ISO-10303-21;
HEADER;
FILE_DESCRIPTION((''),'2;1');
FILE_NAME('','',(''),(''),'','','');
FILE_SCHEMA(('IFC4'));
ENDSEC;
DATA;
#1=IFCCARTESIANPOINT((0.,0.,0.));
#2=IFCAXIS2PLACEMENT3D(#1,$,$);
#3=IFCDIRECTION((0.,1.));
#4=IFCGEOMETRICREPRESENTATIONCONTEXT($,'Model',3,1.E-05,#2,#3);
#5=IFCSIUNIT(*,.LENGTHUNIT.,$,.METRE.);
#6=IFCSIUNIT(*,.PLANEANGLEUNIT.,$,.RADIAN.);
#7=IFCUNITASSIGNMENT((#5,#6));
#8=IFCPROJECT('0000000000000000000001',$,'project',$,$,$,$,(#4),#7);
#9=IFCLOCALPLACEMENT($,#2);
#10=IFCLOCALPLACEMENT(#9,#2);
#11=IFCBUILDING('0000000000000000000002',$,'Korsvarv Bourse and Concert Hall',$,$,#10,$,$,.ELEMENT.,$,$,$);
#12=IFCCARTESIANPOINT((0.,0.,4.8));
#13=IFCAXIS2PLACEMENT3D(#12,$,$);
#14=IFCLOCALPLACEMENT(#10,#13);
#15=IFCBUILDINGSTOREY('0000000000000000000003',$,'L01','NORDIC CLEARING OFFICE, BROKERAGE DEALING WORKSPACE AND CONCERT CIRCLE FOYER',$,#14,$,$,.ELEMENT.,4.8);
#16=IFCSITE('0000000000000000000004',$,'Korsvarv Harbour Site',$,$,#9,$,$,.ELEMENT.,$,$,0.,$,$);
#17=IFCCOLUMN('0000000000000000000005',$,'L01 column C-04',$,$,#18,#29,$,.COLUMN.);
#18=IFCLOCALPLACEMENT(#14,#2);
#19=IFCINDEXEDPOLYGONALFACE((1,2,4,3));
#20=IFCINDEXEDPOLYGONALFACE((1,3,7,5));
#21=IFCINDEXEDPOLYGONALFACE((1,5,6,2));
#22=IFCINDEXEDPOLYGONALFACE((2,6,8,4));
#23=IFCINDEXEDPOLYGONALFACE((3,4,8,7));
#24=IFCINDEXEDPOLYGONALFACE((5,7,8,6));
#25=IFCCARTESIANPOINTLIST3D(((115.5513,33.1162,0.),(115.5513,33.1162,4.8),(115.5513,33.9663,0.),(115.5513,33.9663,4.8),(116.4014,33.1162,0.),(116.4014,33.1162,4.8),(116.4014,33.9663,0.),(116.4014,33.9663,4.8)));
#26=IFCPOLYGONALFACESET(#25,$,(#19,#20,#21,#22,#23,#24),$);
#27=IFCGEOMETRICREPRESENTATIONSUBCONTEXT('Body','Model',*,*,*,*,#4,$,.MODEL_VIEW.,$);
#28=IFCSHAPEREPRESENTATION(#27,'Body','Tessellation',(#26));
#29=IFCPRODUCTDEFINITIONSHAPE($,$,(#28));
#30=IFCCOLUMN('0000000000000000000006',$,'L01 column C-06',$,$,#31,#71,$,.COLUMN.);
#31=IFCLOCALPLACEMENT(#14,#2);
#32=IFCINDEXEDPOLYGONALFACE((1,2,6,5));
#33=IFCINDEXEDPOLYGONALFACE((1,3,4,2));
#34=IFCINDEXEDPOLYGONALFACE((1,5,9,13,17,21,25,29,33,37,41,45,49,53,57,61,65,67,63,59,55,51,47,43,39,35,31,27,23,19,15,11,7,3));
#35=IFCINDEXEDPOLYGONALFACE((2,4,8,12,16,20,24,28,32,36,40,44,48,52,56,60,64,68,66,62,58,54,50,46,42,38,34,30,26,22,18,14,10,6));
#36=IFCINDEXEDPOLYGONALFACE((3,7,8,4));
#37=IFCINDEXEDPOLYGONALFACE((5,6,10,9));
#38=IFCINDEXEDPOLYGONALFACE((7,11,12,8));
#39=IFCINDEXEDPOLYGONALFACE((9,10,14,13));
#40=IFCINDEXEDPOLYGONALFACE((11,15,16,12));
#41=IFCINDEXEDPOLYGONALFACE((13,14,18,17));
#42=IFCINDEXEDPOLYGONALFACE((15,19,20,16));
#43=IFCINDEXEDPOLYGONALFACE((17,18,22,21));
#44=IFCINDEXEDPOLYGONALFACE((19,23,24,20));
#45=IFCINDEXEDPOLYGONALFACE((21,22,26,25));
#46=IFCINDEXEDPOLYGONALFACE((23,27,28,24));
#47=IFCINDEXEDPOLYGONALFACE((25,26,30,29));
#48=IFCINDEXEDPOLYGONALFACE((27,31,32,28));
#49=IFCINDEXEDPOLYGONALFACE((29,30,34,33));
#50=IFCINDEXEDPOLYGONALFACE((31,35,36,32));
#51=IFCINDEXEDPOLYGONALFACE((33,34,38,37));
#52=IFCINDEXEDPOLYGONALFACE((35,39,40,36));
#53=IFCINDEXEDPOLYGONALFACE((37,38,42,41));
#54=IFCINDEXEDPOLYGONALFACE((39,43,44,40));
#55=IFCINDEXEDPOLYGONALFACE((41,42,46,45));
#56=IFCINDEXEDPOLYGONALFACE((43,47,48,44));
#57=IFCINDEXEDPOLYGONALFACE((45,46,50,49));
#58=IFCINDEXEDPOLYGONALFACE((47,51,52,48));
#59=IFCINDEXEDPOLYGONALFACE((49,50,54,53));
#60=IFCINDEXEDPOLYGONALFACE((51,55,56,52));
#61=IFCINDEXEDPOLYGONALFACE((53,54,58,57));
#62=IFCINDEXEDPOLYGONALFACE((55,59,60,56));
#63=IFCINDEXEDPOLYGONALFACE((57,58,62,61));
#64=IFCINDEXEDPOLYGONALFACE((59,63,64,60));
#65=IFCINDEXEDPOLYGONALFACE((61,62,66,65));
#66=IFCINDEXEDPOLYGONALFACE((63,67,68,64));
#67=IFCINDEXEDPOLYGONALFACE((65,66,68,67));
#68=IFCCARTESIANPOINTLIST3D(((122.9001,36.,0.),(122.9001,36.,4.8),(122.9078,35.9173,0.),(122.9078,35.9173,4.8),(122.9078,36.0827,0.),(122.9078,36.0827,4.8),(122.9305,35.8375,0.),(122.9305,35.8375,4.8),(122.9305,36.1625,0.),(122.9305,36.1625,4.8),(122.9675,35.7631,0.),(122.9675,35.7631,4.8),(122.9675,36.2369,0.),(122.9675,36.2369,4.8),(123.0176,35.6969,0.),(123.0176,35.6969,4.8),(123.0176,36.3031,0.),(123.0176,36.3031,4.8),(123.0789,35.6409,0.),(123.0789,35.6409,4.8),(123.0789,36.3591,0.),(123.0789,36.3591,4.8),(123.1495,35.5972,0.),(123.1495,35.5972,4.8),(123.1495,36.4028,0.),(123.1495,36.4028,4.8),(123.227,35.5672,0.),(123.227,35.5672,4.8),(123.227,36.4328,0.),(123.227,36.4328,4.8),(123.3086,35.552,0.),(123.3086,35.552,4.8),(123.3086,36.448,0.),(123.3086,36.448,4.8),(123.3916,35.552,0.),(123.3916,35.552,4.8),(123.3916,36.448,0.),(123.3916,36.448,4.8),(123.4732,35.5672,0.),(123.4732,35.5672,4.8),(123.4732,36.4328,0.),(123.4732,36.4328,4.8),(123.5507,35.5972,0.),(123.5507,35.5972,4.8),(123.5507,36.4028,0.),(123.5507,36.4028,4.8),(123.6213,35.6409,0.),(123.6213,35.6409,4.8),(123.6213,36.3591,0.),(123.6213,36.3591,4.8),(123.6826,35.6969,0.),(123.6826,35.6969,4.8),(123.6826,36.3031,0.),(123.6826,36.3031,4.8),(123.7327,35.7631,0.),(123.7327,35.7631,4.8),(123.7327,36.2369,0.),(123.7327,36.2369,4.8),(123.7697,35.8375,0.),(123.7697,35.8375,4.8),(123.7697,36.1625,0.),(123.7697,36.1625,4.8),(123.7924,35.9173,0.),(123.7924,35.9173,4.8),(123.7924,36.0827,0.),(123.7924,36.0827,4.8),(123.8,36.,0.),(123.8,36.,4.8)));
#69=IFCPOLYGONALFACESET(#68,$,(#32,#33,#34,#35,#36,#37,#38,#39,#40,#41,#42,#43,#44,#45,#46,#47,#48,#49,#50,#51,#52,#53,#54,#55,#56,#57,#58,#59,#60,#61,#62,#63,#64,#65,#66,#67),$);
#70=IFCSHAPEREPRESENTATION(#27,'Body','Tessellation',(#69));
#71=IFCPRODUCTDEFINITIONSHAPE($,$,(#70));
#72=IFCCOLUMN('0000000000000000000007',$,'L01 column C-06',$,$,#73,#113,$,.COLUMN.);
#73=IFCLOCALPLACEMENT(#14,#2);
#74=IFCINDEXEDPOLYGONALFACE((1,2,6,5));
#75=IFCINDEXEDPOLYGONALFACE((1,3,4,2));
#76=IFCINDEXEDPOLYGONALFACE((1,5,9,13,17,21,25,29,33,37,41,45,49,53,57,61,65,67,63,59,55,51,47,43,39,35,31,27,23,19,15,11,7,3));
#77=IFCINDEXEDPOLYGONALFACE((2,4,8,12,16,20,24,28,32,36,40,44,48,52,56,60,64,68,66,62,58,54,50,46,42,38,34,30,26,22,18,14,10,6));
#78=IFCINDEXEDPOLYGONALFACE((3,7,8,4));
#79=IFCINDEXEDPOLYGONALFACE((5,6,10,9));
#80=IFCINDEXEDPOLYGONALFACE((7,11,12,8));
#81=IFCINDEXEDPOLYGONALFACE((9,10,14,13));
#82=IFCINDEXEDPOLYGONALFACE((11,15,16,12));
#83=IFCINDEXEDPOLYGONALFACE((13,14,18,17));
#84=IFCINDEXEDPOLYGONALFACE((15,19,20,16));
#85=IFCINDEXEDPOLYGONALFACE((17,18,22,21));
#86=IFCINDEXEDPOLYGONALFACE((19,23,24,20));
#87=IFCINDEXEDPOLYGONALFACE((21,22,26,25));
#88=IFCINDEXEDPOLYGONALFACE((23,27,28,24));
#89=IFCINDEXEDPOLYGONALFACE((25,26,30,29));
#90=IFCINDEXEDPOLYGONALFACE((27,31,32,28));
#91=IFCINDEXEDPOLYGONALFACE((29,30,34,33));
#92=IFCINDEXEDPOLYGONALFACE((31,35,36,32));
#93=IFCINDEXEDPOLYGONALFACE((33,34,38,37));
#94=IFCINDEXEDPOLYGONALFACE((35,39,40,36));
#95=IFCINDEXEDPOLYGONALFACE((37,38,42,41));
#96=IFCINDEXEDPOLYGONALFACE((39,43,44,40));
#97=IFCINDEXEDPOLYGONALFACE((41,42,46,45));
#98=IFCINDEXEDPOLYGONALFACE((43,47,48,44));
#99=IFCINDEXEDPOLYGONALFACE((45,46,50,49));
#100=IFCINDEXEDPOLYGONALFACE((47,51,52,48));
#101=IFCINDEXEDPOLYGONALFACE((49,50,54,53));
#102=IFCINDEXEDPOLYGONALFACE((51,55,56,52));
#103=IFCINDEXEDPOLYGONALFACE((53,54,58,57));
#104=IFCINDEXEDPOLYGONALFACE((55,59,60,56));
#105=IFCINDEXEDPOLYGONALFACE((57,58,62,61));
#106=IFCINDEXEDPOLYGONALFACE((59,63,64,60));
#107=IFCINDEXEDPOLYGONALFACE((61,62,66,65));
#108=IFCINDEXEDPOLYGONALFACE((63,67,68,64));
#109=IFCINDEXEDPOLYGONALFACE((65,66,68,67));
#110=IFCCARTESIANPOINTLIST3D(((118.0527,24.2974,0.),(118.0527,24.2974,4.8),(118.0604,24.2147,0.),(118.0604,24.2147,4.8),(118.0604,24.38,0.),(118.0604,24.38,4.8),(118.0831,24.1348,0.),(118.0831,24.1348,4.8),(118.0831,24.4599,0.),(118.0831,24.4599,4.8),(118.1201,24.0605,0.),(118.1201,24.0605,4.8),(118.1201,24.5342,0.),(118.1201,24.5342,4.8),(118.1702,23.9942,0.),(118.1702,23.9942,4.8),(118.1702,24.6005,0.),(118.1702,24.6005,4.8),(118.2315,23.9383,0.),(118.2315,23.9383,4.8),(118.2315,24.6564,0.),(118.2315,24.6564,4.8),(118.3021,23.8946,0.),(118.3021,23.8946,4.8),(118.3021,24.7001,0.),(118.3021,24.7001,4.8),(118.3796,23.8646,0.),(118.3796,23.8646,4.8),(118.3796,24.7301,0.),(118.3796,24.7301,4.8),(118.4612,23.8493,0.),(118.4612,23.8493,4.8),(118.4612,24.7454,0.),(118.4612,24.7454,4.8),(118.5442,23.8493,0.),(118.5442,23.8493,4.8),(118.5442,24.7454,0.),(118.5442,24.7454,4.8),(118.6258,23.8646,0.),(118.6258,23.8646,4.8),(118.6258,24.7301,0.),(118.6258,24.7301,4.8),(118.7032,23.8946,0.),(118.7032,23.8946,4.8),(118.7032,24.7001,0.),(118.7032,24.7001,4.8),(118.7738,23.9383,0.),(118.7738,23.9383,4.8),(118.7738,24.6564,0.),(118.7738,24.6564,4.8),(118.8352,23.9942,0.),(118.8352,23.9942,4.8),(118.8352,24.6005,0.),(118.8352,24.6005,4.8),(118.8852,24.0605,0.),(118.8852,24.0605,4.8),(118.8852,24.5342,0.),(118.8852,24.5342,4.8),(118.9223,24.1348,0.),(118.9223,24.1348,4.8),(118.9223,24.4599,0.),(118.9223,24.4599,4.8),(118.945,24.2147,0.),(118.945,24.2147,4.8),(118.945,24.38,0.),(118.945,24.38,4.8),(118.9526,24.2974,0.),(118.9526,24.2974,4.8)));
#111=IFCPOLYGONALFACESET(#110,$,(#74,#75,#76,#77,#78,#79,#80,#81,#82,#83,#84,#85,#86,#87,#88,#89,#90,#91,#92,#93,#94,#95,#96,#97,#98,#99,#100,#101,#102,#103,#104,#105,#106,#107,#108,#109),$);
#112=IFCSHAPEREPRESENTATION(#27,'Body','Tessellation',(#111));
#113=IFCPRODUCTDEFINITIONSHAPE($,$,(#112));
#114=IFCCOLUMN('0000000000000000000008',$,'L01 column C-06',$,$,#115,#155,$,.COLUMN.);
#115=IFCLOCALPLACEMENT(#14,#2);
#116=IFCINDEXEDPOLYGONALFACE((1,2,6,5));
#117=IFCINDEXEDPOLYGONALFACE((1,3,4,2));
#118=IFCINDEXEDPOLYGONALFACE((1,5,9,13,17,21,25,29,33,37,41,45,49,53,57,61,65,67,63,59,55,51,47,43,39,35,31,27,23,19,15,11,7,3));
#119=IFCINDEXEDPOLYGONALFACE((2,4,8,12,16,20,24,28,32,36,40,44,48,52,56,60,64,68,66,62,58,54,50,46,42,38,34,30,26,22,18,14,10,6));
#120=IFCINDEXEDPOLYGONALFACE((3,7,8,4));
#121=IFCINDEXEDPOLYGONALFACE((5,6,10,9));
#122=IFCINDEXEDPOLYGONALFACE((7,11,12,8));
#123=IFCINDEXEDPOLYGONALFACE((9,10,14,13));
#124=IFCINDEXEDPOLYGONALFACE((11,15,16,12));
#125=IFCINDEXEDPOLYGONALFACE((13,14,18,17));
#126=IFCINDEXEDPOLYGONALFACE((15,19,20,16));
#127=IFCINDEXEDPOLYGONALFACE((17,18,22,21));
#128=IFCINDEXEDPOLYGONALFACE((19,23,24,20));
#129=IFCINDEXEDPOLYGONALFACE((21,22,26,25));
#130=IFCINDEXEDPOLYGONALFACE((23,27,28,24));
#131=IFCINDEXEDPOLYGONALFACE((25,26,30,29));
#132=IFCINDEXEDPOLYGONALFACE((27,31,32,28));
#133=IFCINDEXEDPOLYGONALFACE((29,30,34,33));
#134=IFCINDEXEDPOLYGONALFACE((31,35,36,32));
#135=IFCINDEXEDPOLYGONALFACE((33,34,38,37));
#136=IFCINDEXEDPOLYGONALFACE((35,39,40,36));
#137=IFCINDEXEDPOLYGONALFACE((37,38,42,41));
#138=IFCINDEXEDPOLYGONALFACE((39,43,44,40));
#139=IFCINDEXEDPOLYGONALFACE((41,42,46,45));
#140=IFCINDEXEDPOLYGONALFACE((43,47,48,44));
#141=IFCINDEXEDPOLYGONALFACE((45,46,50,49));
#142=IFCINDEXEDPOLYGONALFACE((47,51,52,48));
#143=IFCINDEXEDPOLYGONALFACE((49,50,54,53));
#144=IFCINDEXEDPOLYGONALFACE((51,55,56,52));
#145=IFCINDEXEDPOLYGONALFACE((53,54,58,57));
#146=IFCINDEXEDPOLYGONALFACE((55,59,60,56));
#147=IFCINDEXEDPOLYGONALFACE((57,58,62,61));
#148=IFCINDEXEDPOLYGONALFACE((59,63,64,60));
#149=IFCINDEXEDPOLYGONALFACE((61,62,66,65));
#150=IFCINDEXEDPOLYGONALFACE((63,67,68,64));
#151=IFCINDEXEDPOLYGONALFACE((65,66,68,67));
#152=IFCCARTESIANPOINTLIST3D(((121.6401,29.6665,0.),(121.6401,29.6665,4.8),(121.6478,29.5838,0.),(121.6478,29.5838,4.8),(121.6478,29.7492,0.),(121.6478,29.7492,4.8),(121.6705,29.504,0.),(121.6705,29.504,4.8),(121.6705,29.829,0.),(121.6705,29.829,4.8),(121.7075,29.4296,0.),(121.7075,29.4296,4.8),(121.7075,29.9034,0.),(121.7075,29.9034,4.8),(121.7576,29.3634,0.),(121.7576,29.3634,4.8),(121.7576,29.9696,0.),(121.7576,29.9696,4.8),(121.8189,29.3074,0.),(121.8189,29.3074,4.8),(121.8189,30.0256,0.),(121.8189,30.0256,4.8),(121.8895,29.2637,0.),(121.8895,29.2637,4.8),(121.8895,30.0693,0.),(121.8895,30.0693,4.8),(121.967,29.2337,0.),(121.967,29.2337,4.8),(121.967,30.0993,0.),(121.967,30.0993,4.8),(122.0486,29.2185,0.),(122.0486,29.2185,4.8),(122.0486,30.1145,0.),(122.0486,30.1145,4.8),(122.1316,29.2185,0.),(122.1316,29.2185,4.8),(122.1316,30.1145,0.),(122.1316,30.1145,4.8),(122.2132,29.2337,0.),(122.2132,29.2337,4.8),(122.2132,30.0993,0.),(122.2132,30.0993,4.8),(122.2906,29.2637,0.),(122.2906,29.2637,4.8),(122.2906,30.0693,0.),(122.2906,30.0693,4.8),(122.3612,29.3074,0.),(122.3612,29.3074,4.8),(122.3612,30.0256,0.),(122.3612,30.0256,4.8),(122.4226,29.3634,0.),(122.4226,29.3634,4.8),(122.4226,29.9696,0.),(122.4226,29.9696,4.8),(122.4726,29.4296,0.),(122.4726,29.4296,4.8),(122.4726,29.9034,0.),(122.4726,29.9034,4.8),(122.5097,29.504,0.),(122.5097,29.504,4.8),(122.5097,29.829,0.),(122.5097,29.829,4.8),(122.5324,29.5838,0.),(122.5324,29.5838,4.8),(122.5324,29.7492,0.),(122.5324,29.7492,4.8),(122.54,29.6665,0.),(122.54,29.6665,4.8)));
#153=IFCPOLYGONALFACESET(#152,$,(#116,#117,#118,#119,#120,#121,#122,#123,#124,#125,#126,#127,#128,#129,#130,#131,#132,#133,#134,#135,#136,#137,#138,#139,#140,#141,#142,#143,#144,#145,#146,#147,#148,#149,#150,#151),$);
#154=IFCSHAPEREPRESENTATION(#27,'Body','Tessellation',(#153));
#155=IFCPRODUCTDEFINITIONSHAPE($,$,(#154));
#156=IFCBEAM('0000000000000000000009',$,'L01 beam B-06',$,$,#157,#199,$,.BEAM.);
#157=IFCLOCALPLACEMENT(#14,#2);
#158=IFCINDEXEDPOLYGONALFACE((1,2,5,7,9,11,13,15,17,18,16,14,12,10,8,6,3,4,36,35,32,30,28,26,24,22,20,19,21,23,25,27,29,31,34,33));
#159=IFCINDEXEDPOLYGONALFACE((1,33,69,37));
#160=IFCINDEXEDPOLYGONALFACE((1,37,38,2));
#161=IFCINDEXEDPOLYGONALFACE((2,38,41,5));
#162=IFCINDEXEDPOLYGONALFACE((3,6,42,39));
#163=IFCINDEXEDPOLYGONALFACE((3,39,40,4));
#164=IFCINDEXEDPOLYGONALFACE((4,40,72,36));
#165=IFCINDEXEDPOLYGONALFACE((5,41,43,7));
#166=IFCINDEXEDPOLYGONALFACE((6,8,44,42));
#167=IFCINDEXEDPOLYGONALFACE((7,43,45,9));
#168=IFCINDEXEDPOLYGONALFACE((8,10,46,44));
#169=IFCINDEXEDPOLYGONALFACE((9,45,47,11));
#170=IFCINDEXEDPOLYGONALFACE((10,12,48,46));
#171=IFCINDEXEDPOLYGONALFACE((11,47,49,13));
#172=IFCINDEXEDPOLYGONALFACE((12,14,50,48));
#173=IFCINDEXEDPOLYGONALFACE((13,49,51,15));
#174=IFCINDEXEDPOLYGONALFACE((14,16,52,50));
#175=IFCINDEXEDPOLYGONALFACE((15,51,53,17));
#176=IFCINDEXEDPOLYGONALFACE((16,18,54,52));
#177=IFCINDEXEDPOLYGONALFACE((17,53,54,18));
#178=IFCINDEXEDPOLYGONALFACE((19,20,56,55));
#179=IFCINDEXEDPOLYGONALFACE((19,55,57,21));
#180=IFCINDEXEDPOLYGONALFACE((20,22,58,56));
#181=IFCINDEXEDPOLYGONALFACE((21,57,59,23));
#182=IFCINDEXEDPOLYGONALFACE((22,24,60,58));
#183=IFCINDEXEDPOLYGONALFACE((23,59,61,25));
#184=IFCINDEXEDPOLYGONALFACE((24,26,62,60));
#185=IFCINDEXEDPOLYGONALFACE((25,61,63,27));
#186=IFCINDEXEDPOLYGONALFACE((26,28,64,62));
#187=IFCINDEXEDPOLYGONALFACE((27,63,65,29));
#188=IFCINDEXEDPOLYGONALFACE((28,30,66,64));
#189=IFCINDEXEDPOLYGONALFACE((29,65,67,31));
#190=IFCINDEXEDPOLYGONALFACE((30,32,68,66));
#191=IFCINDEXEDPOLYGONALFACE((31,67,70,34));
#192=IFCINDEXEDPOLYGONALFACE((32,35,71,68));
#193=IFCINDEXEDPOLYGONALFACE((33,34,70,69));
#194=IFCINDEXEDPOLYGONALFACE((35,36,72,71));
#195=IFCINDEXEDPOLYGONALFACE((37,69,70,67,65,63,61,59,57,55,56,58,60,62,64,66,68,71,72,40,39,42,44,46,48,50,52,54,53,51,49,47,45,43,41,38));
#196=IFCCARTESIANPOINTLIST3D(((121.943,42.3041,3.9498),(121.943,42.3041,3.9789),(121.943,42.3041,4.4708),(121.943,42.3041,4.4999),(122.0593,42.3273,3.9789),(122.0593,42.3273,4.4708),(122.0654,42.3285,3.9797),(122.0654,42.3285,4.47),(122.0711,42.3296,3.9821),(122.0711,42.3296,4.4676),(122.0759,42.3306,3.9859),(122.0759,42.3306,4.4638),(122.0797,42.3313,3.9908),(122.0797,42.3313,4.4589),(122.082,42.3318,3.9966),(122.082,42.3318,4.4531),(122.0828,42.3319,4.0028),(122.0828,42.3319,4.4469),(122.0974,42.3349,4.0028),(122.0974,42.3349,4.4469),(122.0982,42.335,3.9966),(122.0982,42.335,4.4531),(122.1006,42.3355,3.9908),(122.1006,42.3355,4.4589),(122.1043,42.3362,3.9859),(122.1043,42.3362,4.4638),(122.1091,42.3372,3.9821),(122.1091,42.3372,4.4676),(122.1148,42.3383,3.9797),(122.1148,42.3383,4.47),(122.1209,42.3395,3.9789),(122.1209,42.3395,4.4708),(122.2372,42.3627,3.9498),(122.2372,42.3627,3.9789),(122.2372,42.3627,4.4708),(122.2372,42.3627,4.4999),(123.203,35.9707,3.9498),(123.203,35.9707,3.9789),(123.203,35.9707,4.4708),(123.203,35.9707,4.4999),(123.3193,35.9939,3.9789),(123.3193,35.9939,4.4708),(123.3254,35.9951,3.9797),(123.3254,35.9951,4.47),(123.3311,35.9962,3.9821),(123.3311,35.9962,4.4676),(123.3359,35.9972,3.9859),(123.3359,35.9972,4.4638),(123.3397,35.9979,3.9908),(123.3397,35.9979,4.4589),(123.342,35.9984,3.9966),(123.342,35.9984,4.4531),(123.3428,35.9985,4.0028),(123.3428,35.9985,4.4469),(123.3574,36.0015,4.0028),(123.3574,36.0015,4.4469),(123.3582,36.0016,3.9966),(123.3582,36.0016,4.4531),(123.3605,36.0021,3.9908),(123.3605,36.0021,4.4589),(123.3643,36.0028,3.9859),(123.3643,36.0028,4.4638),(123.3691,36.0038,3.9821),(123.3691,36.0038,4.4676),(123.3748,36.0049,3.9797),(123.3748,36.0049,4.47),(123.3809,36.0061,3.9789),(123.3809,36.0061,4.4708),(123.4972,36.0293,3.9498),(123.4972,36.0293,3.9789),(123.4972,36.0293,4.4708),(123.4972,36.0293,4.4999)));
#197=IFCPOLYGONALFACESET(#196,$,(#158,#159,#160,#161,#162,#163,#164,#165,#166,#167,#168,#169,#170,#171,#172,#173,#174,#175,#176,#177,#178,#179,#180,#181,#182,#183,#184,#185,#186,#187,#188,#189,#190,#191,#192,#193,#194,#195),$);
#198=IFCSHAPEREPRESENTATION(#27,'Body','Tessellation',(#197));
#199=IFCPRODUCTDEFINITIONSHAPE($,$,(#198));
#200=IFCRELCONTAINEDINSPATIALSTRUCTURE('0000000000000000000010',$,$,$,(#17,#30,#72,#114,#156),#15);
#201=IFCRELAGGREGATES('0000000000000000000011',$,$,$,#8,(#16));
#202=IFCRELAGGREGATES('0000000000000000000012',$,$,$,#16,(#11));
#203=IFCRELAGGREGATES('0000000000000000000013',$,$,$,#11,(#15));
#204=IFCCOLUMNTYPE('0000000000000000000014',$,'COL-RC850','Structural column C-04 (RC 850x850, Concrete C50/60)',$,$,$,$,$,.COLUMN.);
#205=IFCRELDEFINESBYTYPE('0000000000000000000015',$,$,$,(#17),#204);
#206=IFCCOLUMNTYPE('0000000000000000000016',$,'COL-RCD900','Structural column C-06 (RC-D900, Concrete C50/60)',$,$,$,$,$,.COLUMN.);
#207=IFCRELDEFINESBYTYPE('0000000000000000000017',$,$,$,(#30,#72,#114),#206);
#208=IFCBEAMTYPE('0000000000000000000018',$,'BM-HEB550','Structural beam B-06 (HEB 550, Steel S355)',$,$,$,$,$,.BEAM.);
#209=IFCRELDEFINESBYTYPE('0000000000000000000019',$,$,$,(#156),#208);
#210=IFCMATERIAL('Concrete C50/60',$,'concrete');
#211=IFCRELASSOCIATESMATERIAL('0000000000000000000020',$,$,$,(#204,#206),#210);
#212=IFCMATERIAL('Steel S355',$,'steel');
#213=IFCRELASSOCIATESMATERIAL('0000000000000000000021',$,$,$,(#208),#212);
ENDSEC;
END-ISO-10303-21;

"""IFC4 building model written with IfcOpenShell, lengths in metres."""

from ifc_helpers import new_model, si_unit, direction, frame, origin, origin_2d, place, context, subcontext, project, spatial, rectangle, circle, i_section, extrude, source, transform, mapped, material, material_profile, profile_set, type_object, element, save


model = new_model("IFC4")

# Units and contexts
model_context = context("Model", 3, precision=1e-05, world=origin(), true_north=direction((0.0, 1.0)))
body_context = subcontext(model_context, "Body", "Model", "MODEL_VIEW")
ifc_project = project(units=[si_unit("LENGTHUNIT", "METRE"), si_unit("PLANEANGLEUNIT", "RADIAN")], contexts=[model_context])

# Site, building, storey
site_placement = place(None, origin())
site = spatial("IfcSite", under=ifc_project, at=site_placement, Name="Korsvarv Harbour Site", CompositionType="ELEMENT", RefElevation=0.0)
building_placement = place(site_placement, origin())
building = spatial("IfcBuilding", under=site, at=building_placement, Name="Korsvarv Bourse and Concert Hall", CompositionType="ELEMENT")
storey_placement = place(building_placement, frame((0.0, 0.0, 4.8)))
storey = spatial("IfcBuildingStorey", under=building, at=storey_placement, Name="L01", Description="NORDIC CLEARING OFFICE, BROKERAGE DEALING WORKSPACE AND CONCERT CIRCLE FOYER", CompositionType="ELEMENT", Elevation=4.8)

# Columns
ifc_material_1 = material(Name="Concrete C50/60", Category="concrete")
ifc_material_profile_1 = material_profile(ifc_material_1, rectangle(XDim=0.8501, YDim=0.8501, at=origin_2d()), Name="RC 850x850")
ifc_profile_set_1 = profile_set([ifc_material_profile_1], Name="Concrete C50/60")
column_type_1 = type_object("IfcColumnType", Name="COL-RC850", Description="Structural column C-04 (RC 850x850, Concrete C50/60)", PredefinedType="COLUMN", material=ifc_profile_set_1)
shared_shape_1 = source(origin(), body_context, "Body", "SweptSolid", [
    extrude(rectangle(XDim=0.8501, YDim=0.8501, at=origin_2d()), origin(), (0.0, 0.0, 1.0), 4.8),
])
column_placement = place(storey_placement, frame((115.9763, 33.5413, 0.0), z_axis=(0.0, 0.0, 1.0), x_axis=(1.0, 0.0, 0.0)))
element("IfcColumn", 1, at=column_placement, inside=storey, type_object=column_type_1, Name="L01 column C-04", PredefinedType="COLUMN", context=body_context, shape_type="MappedRepresentation", body=[
    mapped(shared_shape_1, transform((0.0, 0.0, 0.0), scale=1.0)),
])
ifc_material_profile_2 = material_profile(ifc_material_1, circle(Radius=0.45, at=origin_2d()), Name="RC-D900")
ifc_profile_set_2 = profile_set([ifc_material_profile_2], Name="Concrete C50/60")
column_type_2 = type_object("IfcColumnType", Name="COL-RCD900", Description="Structural column C-06 (RC-D900, Concrete C50/60)", PredefinedType="COLUMN", material=ifc_profile_set_2)
shared_shape_2 = source(origin(), body_context, "Body", "SweptSolid", [
    extrude(circle(Radius=0.45, at=origin_2d()), origin(), (0.0, 0.0, 1.0), 4.8),
])
for number, where, z_axis, x_axis, name in (
    (2, (123.3501, 36.0, 0.0), (0.0, 0.0, 1.0), (1.0, 0.0, 0.0), "L01 column C-06"),
    (3, (118.5027, 24.2974, 0.0), (0.0, 0.0, 1.0), (1.0, 0.0, 0.0), "L01 column C-06"),
    (4, (122.0901, 29.6665, 0.0), (0.0, 0.0, 1.0), (1.0, 0.0, 0.0), "L01 column C-06"),
):
    element("IfcColumn", number, at=place(storey_placement, frame(where, z_axis=z_axis, x_axis=x_axis)), inside=storey, type_object=column_type_2, Name=name, PredefinedType="COLUMN", context=body_context, shape_type="MappedRepresentation", body=[
        mapped(shared_shape_2, transform((0.0, 0.0, 0.0), scale=1.0)),
    ])

# Beam
ifc_material_2 = material(Name="Steel S355", Category="steel")
ifc_material_profile_3 = material_profile(ifc_material_2, i_section(OverallWidth=0.3, OverallDepth=0.55, WebThickness=0.0149, FlangeThickness=0.0291, FilletRadius=0.0239, at=origin_2d()), Name="HEB 550")
ifc_profile_set_3 = profile_set([ifc_material_profile_3], Name="Steel S355")
beam_type_1 = type_object("IfcBeamType", Name="BM-HEB550", Description="Structural beam B-06 (HEB 550, Steel S355)", PredefinedType="BEAM", material=ifc_profile_set_3)
shared_shape_3 = source(origin(), body_context, "Body", "SweptSolid", [
    extrude(i_section(OverallWidth=0.3, OverallDepth=0.55, WebThickness=0.0149, FlangeThickness=0.0291, FilletRadius=0.0239, at=origin_2d()), origin(), (0.0, 0.0, 1.0), 6.4575),
])
for number, where, z_axis, x_axis, name in (
    (5, (123.3501, 36.0, 4.2249), (-0.19512, 0.980779, 0.0), (-0.980779, -0.19512, 0.0), "L01 beam B-06"),
):
    element("IfcBeam", number, at=place(storey_placement, frame(where, z_axis=z_axis, x_axis=x_axis)), inside=storey, type_object=beam_type_1, Name=name, PredefinedType="BEAM", context=body_context, shape_type="MappedRepresentation", body=[
        mapped(shared_shape_3, transform((0.0, 0.0, 0.0), scale=1.0)),
    ])

save(model, "model.ifc")
